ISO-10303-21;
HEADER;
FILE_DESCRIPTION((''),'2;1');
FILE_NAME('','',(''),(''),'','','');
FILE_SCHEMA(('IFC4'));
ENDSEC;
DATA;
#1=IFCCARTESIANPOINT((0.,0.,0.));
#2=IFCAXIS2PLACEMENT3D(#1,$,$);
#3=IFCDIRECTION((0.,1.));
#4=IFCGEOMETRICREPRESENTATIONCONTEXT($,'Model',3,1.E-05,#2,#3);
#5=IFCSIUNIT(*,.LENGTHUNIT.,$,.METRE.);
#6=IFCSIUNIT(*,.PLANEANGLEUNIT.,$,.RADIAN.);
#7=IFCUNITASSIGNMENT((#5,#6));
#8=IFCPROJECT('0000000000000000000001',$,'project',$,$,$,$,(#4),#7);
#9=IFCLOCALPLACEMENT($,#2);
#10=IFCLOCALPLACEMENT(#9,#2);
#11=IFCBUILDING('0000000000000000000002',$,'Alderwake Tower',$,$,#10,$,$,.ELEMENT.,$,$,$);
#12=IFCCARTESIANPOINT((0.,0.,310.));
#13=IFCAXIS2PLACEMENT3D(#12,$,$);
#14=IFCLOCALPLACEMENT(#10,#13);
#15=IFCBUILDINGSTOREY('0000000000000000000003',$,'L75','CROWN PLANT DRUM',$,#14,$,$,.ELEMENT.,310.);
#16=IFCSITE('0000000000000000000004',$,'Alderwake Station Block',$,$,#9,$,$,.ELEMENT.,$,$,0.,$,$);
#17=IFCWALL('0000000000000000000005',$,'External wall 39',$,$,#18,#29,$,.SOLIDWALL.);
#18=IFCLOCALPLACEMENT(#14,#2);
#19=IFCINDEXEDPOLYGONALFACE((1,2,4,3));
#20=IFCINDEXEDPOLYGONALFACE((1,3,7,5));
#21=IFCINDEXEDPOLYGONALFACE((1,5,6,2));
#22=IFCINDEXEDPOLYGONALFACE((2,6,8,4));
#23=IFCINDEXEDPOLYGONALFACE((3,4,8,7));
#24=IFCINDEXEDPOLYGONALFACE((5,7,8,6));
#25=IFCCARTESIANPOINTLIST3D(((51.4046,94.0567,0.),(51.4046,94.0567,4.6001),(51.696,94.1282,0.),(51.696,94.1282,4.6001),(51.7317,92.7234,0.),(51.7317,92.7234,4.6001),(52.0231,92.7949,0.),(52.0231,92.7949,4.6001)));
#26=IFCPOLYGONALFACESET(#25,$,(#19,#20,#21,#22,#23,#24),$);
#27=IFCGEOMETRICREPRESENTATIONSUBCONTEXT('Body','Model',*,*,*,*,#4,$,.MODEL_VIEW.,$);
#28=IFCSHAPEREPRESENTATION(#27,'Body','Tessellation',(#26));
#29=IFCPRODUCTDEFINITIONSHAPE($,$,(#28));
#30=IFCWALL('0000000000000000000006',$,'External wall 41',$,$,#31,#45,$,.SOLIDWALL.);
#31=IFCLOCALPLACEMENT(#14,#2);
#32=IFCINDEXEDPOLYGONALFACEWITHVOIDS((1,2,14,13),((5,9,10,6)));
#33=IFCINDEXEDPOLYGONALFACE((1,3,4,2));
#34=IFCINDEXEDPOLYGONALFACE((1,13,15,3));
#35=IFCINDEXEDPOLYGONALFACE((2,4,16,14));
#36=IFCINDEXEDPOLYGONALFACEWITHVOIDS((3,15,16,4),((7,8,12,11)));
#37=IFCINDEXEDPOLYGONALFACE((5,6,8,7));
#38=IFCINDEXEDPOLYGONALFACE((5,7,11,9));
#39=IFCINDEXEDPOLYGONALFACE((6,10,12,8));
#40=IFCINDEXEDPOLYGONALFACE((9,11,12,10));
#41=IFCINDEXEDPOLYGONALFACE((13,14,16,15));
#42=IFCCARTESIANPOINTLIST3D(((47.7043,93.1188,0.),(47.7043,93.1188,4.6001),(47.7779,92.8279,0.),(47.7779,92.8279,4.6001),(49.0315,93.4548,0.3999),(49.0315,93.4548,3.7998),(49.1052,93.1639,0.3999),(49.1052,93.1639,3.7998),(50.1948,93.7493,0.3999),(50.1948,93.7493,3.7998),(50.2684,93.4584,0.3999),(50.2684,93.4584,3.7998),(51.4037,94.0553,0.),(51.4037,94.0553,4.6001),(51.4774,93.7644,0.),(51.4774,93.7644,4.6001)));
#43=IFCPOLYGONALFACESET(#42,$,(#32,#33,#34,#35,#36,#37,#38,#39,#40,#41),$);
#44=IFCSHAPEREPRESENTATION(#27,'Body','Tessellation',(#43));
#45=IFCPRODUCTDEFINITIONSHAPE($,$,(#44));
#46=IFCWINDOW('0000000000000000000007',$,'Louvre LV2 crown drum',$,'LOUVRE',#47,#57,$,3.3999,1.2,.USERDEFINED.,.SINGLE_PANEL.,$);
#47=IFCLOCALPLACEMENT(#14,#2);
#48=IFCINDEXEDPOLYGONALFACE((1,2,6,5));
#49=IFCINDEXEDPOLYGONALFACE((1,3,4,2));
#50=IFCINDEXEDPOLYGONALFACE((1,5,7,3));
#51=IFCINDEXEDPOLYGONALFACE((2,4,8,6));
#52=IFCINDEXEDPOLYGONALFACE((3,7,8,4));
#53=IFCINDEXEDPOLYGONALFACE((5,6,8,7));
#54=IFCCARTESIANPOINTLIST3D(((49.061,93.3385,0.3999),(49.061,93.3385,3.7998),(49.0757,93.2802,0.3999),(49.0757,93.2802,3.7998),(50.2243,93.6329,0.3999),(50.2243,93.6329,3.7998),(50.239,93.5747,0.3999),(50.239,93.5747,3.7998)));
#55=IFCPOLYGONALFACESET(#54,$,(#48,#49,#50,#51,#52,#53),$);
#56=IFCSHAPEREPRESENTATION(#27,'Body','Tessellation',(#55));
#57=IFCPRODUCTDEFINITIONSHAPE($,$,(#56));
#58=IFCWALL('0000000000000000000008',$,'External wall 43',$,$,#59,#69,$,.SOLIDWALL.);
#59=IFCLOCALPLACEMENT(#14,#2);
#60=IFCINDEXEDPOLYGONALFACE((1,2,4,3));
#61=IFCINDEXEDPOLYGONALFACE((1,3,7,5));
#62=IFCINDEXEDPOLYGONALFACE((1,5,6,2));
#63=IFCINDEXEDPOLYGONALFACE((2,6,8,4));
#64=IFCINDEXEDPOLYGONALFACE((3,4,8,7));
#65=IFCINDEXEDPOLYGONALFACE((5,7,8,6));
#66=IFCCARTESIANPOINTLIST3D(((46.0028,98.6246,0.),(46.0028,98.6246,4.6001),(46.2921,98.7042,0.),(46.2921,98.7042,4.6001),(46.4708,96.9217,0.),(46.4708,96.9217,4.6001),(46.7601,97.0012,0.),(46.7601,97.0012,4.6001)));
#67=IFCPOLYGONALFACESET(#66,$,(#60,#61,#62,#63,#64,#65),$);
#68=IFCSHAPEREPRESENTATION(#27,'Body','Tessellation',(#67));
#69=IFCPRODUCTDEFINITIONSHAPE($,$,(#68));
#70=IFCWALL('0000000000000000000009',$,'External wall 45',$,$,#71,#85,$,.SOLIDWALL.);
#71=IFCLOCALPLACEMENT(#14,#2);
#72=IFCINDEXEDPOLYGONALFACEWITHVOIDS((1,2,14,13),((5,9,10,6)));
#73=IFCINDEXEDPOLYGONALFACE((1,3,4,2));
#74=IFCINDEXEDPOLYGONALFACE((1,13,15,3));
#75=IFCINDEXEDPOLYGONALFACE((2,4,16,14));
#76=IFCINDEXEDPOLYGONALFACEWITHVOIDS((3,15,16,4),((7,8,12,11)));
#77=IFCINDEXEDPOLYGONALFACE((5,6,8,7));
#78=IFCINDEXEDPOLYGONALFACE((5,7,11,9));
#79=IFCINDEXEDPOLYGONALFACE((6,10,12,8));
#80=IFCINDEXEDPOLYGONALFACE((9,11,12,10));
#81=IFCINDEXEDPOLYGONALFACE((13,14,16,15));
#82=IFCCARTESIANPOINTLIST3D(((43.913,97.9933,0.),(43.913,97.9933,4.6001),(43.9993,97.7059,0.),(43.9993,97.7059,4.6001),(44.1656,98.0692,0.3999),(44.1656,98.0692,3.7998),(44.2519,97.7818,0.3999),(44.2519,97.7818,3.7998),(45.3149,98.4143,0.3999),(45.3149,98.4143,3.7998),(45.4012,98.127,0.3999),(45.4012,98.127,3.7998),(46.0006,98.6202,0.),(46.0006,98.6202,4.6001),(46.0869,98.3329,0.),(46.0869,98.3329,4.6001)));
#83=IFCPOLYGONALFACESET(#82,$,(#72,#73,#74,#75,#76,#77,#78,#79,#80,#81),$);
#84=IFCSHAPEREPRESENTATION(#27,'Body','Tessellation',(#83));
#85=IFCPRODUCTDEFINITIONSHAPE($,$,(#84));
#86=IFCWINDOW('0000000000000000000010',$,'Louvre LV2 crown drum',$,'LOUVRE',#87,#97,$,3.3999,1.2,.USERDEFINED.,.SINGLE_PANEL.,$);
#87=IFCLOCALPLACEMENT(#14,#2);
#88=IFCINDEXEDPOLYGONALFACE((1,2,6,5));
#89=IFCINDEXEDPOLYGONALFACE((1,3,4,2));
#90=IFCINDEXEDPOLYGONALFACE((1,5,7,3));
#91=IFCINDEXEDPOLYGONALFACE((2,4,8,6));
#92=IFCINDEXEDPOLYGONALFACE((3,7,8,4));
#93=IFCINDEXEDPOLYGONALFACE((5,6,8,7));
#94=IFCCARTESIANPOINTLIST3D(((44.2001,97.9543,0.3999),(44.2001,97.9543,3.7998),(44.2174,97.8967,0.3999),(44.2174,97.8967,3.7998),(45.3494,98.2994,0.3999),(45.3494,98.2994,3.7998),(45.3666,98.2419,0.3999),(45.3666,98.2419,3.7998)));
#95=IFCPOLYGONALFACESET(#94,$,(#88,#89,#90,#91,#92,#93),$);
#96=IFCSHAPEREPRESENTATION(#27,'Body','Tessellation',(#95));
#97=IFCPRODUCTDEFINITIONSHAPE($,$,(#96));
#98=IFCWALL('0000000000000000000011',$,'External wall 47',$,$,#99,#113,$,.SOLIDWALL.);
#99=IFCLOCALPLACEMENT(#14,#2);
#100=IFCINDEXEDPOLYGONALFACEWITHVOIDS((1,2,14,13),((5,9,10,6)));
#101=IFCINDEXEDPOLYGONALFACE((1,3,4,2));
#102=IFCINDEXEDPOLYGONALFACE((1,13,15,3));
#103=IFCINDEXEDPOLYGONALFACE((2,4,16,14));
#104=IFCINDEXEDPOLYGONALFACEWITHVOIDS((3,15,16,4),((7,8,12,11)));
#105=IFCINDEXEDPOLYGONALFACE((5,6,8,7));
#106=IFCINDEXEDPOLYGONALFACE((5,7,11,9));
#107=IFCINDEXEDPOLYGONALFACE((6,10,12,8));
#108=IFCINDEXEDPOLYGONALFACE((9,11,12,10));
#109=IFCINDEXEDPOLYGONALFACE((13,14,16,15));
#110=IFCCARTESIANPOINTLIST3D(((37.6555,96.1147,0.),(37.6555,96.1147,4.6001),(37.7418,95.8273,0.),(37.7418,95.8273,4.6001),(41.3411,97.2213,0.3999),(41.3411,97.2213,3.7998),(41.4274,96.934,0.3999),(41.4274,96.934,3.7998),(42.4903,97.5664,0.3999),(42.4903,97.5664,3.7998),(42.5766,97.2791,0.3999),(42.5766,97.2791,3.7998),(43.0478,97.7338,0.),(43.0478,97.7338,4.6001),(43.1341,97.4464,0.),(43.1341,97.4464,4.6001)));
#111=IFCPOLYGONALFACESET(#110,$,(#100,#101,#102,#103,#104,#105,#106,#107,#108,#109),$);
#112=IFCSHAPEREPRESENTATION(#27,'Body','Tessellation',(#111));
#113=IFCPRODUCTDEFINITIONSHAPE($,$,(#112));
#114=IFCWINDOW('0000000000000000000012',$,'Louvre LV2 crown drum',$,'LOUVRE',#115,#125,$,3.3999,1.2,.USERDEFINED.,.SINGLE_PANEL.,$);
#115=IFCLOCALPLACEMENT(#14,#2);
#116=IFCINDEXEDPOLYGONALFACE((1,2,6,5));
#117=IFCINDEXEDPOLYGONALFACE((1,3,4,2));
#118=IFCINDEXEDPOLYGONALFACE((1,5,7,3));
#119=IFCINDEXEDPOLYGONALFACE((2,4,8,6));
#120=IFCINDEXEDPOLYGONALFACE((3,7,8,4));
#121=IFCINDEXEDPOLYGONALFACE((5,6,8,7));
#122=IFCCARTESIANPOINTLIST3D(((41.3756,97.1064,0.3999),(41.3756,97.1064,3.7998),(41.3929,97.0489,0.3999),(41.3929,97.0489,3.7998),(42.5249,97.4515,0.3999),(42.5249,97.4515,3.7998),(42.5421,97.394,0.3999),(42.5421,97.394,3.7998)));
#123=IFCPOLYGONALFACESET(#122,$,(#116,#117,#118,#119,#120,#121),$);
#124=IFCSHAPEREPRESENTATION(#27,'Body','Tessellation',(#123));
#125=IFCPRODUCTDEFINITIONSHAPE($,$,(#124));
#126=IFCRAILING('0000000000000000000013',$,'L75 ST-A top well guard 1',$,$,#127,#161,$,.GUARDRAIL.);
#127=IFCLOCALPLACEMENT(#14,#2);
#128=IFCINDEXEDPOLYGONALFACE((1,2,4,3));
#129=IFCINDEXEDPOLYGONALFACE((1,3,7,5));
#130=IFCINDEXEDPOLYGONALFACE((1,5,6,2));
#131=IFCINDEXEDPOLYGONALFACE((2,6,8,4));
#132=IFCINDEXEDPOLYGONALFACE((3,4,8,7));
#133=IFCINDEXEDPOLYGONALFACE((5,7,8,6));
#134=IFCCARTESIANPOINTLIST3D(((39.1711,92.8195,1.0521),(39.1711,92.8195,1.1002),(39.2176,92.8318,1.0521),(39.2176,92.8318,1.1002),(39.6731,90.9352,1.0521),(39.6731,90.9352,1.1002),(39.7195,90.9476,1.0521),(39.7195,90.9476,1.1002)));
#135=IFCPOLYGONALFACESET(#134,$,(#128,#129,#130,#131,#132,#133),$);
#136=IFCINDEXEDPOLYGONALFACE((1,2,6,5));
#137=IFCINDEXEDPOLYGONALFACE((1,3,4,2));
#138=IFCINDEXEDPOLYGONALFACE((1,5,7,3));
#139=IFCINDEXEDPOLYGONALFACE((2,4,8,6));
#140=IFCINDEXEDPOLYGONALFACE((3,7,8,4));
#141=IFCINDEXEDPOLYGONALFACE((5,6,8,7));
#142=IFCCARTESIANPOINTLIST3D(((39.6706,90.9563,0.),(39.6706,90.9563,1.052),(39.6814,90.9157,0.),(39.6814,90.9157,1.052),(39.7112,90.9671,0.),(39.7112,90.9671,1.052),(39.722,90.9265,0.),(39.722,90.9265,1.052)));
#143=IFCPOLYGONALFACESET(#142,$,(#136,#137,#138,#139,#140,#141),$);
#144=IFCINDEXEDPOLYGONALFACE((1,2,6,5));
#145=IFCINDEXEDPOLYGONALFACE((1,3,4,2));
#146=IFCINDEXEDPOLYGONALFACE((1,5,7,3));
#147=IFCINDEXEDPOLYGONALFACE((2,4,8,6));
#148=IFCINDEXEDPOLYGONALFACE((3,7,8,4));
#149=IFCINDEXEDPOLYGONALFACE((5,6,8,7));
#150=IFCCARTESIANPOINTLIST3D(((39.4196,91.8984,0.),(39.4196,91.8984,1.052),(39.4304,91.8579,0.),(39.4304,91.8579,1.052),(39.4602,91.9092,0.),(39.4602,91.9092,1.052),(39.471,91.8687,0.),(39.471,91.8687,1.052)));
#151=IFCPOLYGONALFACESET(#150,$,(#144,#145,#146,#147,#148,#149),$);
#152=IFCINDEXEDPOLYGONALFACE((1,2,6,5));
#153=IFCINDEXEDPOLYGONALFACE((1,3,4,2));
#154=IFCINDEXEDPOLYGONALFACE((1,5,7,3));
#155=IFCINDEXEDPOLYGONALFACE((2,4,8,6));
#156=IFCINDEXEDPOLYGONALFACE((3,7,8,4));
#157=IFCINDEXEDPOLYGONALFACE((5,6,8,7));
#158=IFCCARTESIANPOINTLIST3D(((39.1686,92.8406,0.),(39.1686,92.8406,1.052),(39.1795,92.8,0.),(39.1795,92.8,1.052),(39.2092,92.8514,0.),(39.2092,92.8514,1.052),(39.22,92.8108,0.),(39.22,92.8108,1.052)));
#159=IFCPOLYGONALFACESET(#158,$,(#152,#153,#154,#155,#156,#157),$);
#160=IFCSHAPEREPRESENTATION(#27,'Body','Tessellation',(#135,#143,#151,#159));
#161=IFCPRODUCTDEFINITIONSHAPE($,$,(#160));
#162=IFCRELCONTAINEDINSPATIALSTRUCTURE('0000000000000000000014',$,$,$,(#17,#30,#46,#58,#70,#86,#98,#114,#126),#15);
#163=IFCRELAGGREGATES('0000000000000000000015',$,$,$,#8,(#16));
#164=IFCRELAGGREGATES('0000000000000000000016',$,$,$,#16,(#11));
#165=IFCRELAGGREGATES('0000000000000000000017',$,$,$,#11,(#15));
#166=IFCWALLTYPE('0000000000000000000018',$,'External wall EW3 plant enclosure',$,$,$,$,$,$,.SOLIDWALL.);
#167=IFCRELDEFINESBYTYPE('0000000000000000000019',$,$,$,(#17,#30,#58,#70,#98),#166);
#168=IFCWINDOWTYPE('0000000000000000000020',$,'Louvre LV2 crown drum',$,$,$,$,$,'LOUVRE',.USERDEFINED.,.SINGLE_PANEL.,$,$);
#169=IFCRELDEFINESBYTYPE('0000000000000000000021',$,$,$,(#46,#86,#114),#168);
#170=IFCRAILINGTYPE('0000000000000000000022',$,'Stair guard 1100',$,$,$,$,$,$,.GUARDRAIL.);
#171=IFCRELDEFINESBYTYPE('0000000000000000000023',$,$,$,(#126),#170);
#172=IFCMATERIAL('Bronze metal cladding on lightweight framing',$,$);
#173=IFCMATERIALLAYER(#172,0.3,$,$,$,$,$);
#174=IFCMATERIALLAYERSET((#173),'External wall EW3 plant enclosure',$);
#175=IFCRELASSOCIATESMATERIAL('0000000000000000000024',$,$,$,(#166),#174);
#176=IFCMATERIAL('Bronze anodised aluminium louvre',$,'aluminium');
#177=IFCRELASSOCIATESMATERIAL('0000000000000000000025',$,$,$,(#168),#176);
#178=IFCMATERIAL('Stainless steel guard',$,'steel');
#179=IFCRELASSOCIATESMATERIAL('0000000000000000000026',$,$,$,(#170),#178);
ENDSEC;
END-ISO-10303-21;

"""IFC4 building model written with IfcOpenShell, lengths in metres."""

from ifc_helpers import new_model, si_unit, direction, frame, frame_2d, origin, origin_2d, place, context, subcontext, project, spatial, rectangle, extrude, material, layer, layer_set, type_object, element, fill, save


model = new_model("IFC4")

# Units and contexts
model_context = context("Model", 3, precision=1e-05, world=origin(), true_north=direction((0.0, 1.0)))
body_context = subcontext(model_context, "Body", "Model", "MODEL_VIEW")
ifc_project = project(units=[si_unit("LENGTHUNIT", "METRE"), si_unit("PLANEANGLEUNIT", "RADIAN")], contexts=[model_context])

# Site, building, storey
site_placement = place(None, origin())
site = spatial("IfcSite", under=ifc_project, at=site_placement, Name="Alderwake Station Block", CompositionType="ELEMENT", RefElevation=0.0)
building_placement = place(site_placement, origin())
building = spatial("IfcBuilding", under=site, at=building_placement, Name="Alderwake Tower", CompositionType="ELEMENT")
storey_placement = place(building_placement, frame((0.0, 0.0, 310.0)))
storey = spatial("IfcBuildingStorey", under=building, at=storey_placement, Name="L75", Description="CROWN PLANT DRUM", CompositionType="ELEMENT", Elevation=310.0)

# Shared definitions
ifc_material_1 = material(Name="Bronze metal cladding on lightweight framing")
ifc_layer_1 = layer(ifc_material_1, 0.3)
ifc_layer_set_1 = layer_set([ifc_layer_1], Name="External wall EW3 plant enclosure")
wall_type_1 = type_object("IfcWallType", Name="External wall EW3 plant enclosure", PredefinedType="SOLIDWALL", material=ifc_layer_set_1)
ifc_material_2 = material(Name="Bronze anodised aluminium louvre", Category="aluminium")
window_type = type_object("IfcWindowType", Name="Louvre LV2 crown drum", ElementType="LOUVRE", PartitioningType="SINGLE_PANEL", PredefinedType="USERDEFINED", material=ifc_material_2)

# Wall
wall_1_placement = place(storey_placement, frame((51.8774, 92.759, 0.0), z_axis=(0.0, 0.0, 1.0), x_axis=(-0.238307, 0.97119, 0.0)))
element("IfcWall", 1, at=wall_1_placement, inside=storey, type_object=wall_type_1, Name="External wall 39", PredefinedType="SOLIDWALL", context=body_context, shape_type="SweptSolid", body=[
    extrude(rectangle(XDim=1.3728, YDim=0.3, at=frame_2d((0.6865, 0.0))), origin(), (0.0, 0.0, 1.0), 4.6001),
])

# Wall, opening, window
wall_2_placement = place(storey_placement, frame((51.4407, 93.9099, 0.0), z_axis=(0.0, 0.0, 1.0), x_axis=(-0.969419, -0.24541, 0.0)))
wall_2 = element("IfcWall", 2, at=wall_2_placement, inside=storey, type_object=wall_type_1, Name="External wall 41", PredefinedType="SOLIDWALL", context=body_context, shape_type="SweptSolid", body=[
    extrude(rectangle(XDim=3.8162, YDim=0.3, at=frame_2d((1.9082, 0.0))), origin(), (0.0, 0.0, 1.0), 4.6001),
])
opening_1_placement = place(wall_2_placement, frame((1.2471, 0.0, 0.3999)))
opening_1 = element("IfcOpeningElement", 3, at=opening_1_placement, cuts=wall_2, PredefinedType="OPENING", context=body_context, shape_type="SweptSolid", body=[
    extrude(rectangle(XDim=1.2, YDim=3.3999, at=frame_2d((0.6001, 1.7))), frame((0.0, 0.1599, 0.0), z_axis=(0.0, -1.0, 0.0), x_axis=(1.0, 0.0, 0.0)), (0.0, 0.0, 1.0), 0.3201),
])
window_1_placement = place(opening_1_placement, origin())
window_1 = element("IfcWindow", 4, at=window_1_placement, inside=storey, type_object=window_type, Name="Louvre LV2 crown drum", ObjectType="LOUVRE", OverallHeight=3.3999, OverallWidth=1.2, PartitioningType="SINGLE_PANEL", PredefinedType="USERDEFINED", context=body_context, shape_type="SweptSolid", body=[
    extrude(rectangle(XDim=1.2, YDim=3.3999, at=frame_2d((0.6001, 1.7))), frame((0.0, 0.03, 0.0), z_axis=(0.0, -1.0, 0.0), x_axis=(1.0, 0.0, 0.0)), (0.0, 0.0, 1.0), 0.0601),
])
fill(opening_1, window_1)

# Wall
wall_3_placement = place(storey_placement, frame((46.6155, 96.9614, 0.0), z_axis=(0.0, 0.0, 1.0), x_axis=(-0.265012, 0.964245, 0.0)))
element("IfcWall", 5, at=wall_3_placement, inside=storey, type_object=wall_type_1, Name="External wall 43", PredefinedType="SOLIDWALL", context=body_context, shape_type="SweptSolid", body=[
    extrude(rectangle(XDim=1.7661, YDim=0.3, at=frame_2d((0.8831, 0.0))), origin(), (0.0, 0.0, 1.0), 4.6001),
])

# Walls, openings, windows
wall_4_placement = place(storey_placement, frame((46.0437, 98.4766, 0.0), z_axis=(0.0, 0.0, 1.0), x_axis=(-0.957743, -0.287625, 0.0)))
wall_4 = element("IfcWall", 6, at=wall_4_placement, inside=storey, type_object=wall_type_1, Name="External wall 45", PredefinedType="SOLIDWALL", context=body_context, shape_type="SweptSolid", body=[
    extrude(rectangle(XDim=2.1797, YDim=0.3, at=frame_2d((1.0898, 0.0))), origin(), (0.0, 0.0, 1.0), 4.6001),
])
opening_2_placement = place(wall_4_placement, frame((0.7158, 0.0, 0.3999)))
opening_2 = element("IfcOpeningElement", 7, at=opening_2_placement, cuts=wall_4, PredefinedType="OPENING", context=body_context, shape_type="SweptSolid", body=[
    extrude(rectangle(XDim=1.2, YDim=3.3999, at=frame_2d((0.6001, 1.7))), frame((0.0, 0.1599, 0.0), z_axis=(0.0, -1.0, 0.0), x_axis=(1.0, 0.0, 0.0)), (0.0, 0.0, 1.0), 0.3201),
])
window_2_placement = place(opening_2_placement, origin())
window_2 = element("IfcWindow", 8, at=window_2_placement, inside=storey, type_object=window_type, Name="Louvre LV2 crown drum", ObjectType="LOUVRE", OverallHeight=3.3999, OverallWidth=1.2, PartitioningType="SINGLE_PANEL", PredefinedType="USERDEFINED", context=body_context, shape_type="SweptSolid", body=[
    extrude(rectangle(XDim=1.2, YDim=3.3999, at=frame_2d((0.6001, 1.7))), frame((0.0, 0.03, 0.0), z_axis=(0.0, -1.0, 0.0), x_axis=(1.0, 0.0, 0.0)), (0.0, 0.0, 1.0), 0.0601),
])
fill(opening_2, window_2)
wall_5_placement = place(storey_placement, frame((43.0908, 97.5901, 0.0), z_axis=(0.0, 0.0, 1.0), x_axis=(-0.957756, -0.287583, 0.0)))
wall_5 = element("IfcWall", 9, at=wall_5_placement, inside=storey, type_object=wall_type_1, Name="External wall 47", PredefinedType="SOLIDWALL", context=body_context, shape_type="SweptSolid", body=[
    extrude(rectangle(XDim=5.6301, YDim=0.3, at=frame_2d((2.8149, 0.0))), origin(), (0.0, 0.0, 1.0), 4.6001),
])
opening_3_placement = place(wall_5_placement, frame((0.5818, 0.0, 0.3999)))
opening_3 = element("IfcOpeningElement", 10, at=opening_3_placement, cuts=wall_5, PredefinedType="OPENING", context=body_context, shape_type="SweptSolid", body=[
    extrude(rectangle(XDim=1.2, YDim=3.3999, at=frame_2d((0.6001, 1.7))), frame((0.0, 0.1599, 0.0), z_axis=(0.0, -1.0, 0.0), x_axis=(1.0, 0.0, 0.0)), (0.0, 0.0, 1.0), 0.3201),
])
window_3_placement = place(opening_3_placement, origin())
window_3 = element("IfcWindow", 11, at=window_3_placement, inside=storey, type_object=window_type, Name="Louvre LV2 crown drum", ObjectType="LOUVRE", OverallHeight=3.3999, OverallWidth=1.2, PartitioningType="SINGLE_PANEL", PredefinedType="USERDEFINED", context=body_context, shape_type="SweptSolid", body=[
    extrude(rectangle(XDim=1.2, YDim=3.3999, at=frame_2d((0.6001, 1.7))), frame((0.0, 0.03, 0.0), z_axis=(0.0, -1.0, 0.0), x_axis=(1.0, 0.0, 0.0)), (0.0, 0.0, 1.0), 0.0601),
])
fill(opening_3, window_3)

# Railing
ifc_material_3 = material(Name="Stainless steel guard", Category="steel")
railing_type = type_object("IfcRailingType", Name="Stair guard 1100", PredefinedType="GUARDRAIL", material=ifc_material_3)
railing_placement = place(storey_placement, frame((39.6963, 90.9414, 0.0)))
element("IfcRailing", 12, at=railing_placement, inside=storey, type_object=railing_type, Name="L75 ST-A top well guard 1", PredefinedType="GUARDRAIL", context=body_context, shape_type="SweptSolid", body=[
    extrude(rectangle(XDim=0.0481, YDim=0.0481, at=origin_2d()), frame((0.0, 0.0, 1.0762), z_axis=(-0.257413, 0.966301, 0.0), x_axis=(-0.966301, -0.257413, 0.0)), (0.0, 0.0, 1.0), 1.95),
    extrude(rectangle(XDim=0.042, YDim=0.042, at=origin_2d()), frame((0.0, 0.0, 0.0), z_axis=(0.0, 0.0, 1.0), x_axis=(-0.257413, 0.966301, 0.0)), (0.0, 0.0, 1.0), 1.052),
    extrude(rectangle(XDim=0.042, YDim=0.042, at=origin_2d()), frame((-0.251, 0.9421, 0.0), z_axis=(0.0, 0.0, 1.0), x_axis=(-0.257413, 0.966301, 0.0)), (0.0, 0.0, 1.0), 1.052),
    extrude(rectangle(XDim=0.042, YDim=0.042, at=origin_2d()), frame((-0.502, 1.8843, 0.0), z_axis=(0.0, 0.0, 1.0), x_axis=(-0.257413, 0.966301, 0.0)), (0.0, 0.0, 1.0), 1.052),
])

save(model, "model.ifc")
